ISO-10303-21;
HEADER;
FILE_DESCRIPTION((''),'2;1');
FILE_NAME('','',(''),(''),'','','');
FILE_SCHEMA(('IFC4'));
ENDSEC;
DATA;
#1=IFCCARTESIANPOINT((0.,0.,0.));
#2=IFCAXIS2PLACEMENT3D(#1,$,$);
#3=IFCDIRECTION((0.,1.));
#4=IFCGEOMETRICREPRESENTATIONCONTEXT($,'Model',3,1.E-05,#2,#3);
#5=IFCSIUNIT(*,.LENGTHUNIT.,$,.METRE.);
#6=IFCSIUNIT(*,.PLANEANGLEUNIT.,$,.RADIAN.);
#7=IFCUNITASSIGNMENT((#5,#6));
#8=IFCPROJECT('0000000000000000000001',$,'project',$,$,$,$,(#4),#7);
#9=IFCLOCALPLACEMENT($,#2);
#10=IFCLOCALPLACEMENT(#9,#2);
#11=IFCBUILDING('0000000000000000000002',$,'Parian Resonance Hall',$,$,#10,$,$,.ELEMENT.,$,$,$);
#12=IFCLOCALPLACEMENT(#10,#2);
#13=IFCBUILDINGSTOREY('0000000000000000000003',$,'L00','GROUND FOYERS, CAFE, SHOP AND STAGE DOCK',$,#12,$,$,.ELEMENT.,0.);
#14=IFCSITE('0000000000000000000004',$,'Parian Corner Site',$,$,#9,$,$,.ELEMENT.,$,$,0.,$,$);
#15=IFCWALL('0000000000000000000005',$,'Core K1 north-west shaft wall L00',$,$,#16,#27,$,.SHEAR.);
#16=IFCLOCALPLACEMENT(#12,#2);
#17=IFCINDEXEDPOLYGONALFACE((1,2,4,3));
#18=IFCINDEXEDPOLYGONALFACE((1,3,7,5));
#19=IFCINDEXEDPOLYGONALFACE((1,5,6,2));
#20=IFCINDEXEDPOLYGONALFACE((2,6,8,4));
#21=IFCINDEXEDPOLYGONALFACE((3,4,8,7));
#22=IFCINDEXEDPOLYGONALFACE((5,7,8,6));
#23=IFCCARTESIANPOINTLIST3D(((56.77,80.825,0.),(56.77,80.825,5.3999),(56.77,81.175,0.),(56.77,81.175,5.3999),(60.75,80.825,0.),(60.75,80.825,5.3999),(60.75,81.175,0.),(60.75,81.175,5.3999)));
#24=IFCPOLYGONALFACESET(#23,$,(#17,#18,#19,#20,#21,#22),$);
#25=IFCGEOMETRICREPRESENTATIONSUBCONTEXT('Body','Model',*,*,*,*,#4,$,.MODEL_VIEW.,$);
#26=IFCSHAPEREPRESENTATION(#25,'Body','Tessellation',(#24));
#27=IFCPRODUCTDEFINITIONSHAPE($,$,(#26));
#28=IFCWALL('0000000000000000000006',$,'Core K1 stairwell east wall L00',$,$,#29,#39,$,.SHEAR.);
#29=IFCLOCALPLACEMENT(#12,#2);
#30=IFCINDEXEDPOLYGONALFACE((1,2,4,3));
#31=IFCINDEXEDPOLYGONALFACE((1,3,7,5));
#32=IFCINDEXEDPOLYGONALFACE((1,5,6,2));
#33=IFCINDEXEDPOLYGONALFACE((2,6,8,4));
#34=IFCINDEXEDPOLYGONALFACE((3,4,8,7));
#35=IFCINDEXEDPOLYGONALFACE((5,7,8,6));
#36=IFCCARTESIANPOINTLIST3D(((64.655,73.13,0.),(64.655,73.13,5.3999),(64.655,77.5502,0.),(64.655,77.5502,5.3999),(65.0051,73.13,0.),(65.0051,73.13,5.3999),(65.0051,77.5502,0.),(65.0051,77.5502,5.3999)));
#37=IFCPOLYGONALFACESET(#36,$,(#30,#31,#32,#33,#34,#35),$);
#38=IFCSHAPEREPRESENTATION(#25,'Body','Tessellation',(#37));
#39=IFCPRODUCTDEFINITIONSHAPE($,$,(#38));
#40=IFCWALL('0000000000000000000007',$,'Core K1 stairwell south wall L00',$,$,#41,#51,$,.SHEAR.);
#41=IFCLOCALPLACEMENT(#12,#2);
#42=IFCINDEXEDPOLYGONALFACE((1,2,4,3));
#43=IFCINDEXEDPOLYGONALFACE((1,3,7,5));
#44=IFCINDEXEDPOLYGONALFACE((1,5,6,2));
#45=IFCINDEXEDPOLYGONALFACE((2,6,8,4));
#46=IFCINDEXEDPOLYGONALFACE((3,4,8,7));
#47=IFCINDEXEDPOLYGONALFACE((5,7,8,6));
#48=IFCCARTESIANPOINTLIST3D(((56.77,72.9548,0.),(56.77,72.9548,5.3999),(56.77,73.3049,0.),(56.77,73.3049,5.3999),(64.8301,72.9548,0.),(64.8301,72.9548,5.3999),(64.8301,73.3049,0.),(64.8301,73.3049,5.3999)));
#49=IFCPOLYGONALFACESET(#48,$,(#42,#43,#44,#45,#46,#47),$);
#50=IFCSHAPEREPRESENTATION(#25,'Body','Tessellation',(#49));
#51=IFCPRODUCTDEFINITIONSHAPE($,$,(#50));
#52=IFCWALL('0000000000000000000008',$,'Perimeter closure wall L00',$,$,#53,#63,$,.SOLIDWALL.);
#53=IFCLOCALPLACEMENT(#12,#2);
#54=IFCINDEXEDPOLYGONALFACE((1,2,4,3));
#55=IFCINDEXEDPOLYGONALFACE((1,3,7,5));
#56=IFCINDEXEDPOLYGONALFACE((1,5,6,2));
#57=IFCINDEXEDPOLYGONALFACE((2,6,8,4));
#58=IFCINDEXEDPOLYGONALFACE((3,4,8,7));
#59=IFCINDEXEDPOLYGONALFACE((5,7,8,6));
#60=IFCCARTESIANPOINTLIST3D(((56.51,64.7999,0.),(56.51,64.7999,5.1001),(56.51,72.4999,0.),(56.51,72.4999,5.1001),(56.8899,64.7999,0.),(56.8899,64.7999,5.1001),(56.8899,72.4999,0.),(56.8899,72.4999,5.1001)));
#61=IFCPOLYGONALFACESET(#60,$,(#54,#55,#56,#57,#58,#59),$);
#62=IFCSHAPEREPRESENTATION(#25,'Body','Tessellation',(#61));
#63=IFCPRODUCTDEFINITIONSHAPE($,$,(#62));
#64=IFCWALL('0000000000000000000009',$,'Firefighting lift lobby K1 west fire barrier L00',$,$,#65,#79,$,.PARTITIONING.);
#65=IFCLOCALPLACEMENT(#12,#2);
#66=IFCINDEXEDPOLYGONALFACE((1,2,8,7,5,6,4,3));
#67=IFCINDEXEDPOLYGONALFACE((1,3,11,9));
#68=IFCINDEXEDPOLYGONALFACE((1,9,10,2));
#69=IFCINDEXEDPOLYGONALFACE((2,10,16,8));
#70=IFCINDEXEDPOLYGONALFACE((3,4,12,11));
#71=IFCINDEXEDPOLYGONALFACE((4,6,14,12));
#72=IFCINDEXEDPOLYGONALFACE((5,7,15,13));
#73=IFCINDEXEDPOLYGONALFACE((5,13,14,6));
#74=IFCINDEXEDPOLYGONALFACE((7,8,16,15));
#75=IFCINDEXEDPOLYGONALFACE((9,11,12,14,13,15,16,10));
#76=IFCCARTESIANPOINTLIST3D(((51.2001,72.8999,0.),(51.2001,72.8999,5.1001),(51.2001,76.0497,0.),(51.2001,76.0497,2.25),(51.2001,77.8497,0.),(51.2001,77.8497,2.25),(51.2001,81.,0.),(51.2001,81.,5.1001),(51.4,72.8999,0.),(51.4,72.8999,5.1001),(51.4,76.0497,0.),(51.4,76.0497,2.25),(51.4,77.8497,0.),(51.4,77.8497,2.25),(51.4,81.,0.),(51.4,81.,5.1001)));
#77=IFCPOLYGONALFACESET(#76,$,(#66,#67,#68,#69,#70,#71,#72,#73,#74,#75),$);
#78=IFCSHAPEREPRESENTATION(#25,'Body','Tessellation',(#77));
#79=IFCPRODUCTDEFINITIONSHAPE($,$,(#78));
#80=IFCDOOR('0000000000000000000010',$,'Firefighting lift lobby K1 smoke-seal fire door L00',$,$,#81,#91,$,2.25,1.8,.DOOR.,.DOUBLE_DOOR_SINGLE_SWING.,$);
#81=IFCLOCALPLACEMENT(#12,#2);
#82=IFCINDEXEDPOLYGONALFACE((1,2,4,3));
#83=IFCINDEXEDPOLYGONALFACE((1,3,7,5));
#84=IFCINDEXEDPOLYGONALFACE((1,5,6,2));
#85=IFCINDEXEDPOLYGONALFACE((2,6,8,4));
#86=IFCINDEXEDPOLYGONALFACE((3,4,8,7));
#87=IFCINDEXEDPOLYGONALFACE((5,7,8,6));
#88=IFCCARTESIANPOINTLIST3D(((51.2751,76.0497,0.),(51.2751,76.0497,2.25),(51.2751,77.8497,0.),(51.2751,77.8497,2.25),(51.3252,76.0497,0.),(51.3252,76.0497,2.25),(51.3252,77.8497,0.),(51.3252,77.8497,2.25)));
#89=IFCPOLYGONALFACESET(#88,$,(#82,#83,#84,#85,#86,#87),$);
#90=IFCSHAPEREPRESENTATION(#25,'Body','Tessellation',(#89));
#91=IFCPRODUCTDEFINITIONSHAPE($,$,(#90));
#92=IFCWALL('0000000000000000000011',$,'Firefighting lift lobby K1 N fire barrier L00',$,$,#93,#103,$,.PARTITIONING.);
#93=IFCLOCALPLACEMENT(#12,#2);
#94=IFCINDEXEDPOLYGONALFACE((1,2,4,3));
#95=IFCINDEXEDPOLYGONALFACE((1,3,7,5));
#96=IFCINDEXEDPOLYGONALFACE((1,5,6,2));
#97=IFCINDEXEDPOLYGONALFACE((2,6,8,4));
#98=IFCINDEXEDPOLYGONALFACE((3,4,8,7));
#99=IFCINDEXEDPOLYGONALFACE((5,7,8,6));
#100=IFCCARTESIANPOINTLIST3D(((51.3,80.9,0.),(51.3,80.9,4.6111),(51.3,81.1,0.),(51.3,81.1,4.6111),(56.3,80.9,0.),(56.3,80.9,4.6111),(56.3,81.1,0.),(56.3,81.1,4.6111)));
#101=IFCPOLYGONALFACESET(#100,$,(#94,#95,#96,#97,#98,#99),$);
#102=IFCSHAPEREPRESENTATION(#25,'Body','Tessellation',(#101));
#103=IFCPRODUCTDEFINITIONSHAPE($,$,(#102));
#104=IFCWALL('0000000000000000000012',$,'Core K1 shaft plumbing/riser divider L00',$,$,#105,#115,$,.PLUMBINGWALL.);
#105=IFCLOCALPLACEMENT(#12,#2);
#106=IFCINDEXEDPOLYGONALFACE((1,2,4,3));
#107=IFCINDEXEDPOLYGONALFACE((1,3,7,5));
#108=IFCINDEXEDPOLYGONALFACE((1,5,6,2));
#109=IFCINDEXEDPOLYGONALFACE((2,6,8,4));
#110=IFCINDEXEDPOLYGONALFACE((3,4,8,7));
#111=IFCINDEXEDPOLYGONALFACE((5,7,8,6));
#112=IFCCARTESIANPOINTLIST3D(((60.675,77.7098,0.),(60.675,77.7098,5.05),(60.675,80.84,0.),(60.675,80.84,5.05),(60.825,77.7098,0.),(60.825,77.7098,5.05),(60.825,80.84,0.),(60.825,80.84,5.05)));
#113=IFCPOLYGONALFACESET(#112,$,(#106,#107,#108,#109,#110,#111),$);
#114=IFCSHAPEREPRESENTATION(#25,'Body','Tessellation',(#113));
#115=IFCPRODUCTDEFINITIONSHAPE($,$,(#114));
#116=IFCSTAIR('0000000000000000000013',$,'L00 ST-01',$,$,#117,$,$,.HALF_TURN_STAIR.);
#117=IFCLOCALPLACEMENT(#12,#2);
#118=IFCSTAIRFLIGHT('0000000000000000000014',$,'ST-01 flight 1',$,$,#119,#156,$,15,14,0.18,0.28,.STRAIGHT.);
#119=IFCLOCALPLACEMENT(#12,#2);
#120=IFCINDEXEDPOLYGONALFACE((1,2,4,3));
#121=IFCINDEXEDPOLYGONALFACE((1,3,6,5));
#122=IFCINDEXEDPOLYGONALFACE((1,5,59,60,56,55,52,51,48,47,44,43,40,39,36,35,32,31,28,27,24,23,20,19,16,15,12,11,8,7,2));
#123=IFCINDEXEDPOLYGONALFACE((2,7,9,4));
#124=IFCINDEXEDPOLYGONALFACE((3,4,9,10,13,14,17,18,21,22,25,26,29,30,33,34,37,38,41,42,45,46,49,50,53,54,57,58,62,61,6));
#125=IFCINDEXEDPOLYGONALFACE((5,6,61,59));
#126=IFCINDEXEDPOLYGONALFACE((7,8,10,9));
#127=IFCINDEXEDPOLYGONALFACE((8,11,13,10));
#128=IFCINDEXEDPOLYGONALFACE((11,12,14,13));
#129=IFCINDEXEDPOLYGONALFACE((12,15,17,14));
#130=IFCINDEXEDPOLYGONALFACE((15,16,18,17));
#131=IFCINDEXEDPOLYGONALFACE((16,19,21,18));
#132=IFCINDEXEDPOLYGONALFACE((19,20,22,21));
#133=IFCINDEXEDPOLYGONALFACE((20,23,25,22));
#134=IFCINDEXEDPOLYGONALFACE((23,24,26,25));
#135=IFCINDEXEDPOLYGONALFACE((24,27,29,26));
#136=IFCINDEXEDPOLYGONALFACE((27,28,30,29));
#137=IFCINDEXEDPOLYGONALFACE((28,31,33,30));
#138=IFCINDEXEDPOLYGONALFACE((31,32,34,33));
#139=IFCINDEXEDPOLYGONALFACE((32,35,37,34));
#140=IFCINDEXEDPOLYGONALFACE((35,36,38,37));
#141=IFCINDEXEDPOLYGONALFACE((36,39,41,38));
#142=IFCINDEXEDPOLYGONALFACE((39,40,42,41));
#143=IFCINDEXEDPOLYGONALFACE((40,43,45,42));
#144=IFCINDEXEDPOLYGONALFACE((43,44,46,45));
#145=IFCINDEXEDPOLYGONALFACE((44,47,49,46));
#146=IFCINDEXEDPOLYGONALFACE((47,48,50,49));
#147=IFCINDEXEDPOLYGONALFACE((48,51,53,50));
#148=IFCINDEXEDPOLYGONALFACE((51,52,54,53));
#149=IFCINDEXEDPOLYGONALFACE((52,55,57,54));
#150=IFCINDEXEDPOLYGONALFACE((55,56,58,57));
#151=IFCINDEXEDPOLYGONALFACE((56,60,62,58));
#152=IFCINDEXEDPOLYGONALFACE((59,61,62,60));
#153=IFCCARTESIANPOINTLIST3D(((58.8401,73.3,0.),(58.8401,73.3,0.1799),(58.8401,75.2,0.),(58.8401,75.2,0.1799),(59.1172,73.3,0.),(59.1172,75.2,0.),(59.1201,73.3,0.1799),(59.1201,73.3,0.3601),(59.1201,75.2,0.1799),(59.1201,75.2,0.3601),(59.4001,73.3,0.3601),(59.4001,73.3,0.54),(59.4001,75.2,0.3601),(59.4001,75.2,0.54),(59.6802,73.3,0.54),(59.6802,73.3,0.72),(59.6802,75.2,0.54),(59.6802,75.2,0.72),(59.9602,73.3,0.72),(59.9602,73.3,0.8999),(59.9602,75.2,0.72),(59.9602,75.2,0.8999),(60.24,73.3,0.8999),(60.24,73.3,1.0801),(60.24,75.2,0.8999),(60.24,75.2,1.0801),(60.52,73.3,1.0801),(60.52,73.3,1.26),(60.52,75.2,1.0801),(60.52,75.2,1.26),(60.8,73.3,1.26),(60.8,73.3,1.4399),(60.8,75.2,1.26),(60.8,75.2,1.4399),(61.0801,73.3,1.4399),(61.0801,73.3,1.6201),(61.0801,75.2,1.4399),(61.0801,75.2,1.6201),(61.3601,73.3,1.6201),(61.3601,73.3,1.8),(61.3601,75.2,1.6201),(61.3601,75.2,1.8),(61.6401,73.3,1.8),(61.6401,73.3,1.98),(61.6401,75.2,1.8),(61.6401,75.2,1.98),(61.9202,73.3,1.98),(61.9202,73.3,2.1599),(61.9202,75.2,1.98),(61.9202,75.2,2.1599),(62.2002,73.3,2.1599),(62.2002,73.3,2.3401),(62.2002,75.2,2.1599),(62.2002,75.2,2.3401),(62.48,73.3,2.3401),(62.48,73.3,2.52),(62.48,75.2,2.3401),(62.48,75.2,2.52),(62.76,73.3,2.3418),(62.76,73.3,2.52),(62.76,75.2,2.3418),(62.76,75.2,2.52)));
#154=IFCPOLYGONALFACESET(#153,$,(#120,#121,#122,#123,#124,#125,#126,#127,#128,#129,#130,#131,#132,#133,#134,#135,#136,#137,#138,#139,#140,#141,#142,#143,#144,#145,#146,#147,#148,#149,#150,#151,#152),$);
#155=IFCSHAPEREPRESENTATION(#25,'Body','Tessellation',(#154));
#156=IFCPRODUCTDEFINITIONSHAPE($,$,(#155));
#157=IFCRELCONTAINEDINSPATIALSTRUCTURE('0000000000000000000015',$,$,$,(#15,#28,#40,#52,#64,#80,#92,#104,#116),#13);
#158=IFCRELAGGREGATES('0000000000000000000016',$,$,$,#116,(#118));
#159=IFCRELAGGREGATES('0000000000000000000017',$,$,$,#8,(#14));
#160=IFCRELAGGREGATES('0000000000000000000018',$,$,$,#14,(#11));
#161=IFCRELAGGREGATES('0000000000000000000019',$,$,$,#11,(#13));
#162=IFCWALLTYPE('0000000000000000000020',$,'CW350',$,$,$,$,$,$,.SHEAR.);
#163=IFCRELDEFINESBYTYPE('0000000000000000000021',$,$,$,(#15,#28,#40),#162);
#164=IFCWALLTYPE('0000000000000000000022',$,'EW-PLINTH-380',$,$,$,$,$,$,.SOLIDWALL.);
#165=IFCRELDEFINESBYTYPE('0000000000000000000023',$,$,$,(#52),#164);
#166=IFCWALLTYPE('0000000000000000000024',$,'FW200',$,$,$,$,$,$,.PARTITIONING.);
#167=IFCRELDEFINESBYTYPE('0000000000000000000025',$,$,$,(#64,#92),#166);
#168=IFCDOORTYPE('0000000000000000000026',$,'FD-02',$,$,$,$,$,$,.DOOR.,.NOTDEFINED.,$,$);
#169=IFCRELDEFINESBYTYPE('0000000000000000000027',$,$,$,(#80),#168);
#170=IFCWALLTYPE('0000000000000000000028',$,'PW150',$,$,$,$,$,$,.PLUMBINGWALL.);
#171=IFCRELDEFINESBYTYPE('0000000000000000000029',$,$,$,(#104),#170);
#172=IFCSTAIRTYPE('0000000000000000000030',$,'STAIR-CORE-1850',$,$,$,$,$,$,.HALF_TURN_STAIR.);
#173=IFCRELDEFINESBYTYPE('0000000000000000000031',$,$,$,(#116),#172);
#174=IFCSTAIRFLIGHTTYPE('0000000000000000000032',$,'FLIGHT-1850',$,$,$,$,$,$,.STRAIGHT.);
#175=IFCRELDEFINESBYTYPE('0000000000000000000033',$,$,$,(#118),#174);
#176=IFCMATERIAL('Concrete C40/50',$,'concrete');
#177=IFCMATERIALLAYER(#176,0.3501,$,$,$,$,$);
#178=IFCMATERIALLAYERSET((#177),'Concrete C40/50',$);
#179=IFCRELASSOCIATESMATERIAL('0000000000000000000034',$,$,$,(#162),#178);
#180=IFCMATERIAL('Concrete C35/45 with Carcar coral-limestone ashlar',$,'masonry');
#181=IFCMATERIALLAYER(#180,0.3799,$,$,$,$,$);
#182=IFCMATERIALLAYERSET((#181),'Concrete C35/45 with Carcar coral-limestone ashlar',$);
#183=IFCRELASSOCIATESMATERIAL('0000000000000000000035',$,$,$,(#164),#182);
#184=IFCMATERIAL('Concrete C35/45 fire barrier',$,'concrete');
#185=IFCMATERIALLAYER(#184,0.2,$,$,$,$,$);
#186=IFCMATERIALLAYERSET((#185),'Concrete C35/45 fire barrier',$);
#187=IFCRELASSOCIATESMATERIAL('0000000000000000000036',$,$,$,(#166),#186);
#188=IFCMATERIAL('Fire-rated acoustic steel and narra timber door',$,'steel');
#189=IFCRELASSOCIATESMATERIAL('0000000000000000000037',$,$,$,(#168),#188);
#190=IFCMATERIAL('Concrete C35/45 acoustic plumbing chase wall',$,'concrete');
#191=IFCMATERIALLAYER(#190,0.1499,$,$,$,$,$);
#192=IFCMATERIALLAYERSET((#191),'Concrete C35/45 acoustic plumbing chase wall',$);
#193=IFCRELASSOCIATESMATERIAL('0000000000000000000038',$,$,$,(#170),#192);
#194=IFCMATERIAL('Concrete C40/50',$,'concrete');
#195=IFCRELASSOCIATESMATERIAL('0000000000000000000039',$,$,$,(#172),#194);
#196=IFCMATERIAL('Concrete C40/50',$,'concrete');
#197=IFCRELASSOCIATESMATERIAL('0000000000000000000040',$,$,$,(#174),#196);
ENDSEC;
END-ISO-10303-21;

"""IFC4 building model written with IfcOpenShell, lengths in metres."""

from ifc_helpers import new_model, si_unit, direction, frame, frame_2d, origin, place, context, subcontext, project, spatial, polyline, rectangle, outline, extrude, material, layer, layer_set, type_object, element, fill, aggregate, save


model = new_model("IFC4")

# Units and contexts
model_context = context("Model", 3, precision=1e-05, world=origin(), true_north=direction((0.0, 1.0)))
body_context = subcontext(model_context, "Body", "Model", "MODEL_VIEW")
ifc_project = project(units=[si_unit("LENGTHUNIT", "METRE"), si_unit("PLANEANGLEUNIT", "RADIAN")], contexts=[model_context])

# Site, building, storey
site_placement = place(None, origin())
site = spatial("IfcSite", under=ifc_project, at=site_placement, Name="Parian Corner Site", CompositionType="ELEMENT", RefElevation=0.0)
building_placement = place(site_placement, origin())
building = spatial("IfcBuilding", under=site, at=building_placement, Name="Parian Resonance Hall", CompositionType="ELEMENT")
storey_placement = place(building_placement, origin())
storey = spatial("IfcBuildingStorey", under=building, at=storey_placement, Name="L00", Description="GROUND FOYERS, CAFE, SHOP AND STAGE DOCK", CompositionType="ELEMENT", Elevation=0.0)

# Shared definitions
ifc_material_1 = material(Name="Concrete C40/50", Category="concrete")
ifc_layer_1 = layer(ifc_material_1, 0.3501)
ifc_layer_set_1 = layer_set([ifc_layer_1], Name="Concrete C40/50")
wall_type_1 = type_object("IfcWallType", Name="CW350", PredefinedType="SHEAR", material=ifc_layer_set_1)

# Walls
wall_1_placement = place(storey_placement, frame((56.77, 81.0, 0.0), z_axis=(0.0, 0.0, 1.0), x_axis=(1.0, 0.0, 0.0)))
element("IfcWall", 1, at=wall_1_placement, inside=storey, type_object=wall_type_1, Name="Core K1 north-west shaft wall L00", PredefinedType="SHEAR", context=body_context, shape_type="SweptSolid", body=[
    extrude(rectangle(XDim=3.98, YDim=0.3501, at=frame_2d((1.99, 0.0))), origin(), (0.0, 0.0, 1.0), 5.3999),
])
wall_2_placement = place(storey_placement, frame((64.8301, 77.55, 0.0), z_axis=(0.0, 0.0, 1.0), x_axis=(0.0, -1.0, 0.0)))
element("IfcWall", 2, at=wall_2_placement, inside=storey, type_object=wall_type_1, Name="Core K1 stairwell east wall L00", PredefinedType="SHEAR", context=body_context, shape_type="SweptSolid", body=[
    extrude(rectangle(XDim=4.4202, YDim=0.3501, at=frame_2d((2.21, 0.0))), origin(), (0.0, 0.0, 1.0), 5.3999),
])
wall_3_placement = place(storey_placement, frame((64.8301, 73.1299, 0.0), z_axis=(0.0, 0.0, 1.0), x_axis=(-1.0, 0.0, 0.0)))
element("IfcWall", 3, at=wall_3_placement, inside=storey, type_object=wall_type_1, Name="Core K1 stairwell south wall L00", PredefinedType="SHEAR", context=body_context, shape_type="SweptSolid", body=[
    extrude(rectangle(XDim=8.0601, YDim=0.3501, at=frame_2d((4.03, 0.0))), origin(), (0.0, 0.0, 1.0), 5.3999),
])
ifc_material_2 = material(Name="Concrete C35/45 with Carcar coral-limestone ashlar", Category="masonry")
ifc_layer_2 = layer(ifc_material_2, 0.3799)
ifc_layer_set_2 = layer_set([ifc_layer_2], Name="Concrete C35/45 with Carcar coral-limestone ashlar")
wall_type_2 = type_object("IfcWallType", Name="EW-PLINTH-380", PredefinedType="SOLIDWALL", material=ifc_layer_set_2)
wall_4_placement = place(storey_placement, frame((56.7, 72.5, 0.0), z_axis=(0.0, 0.0, 1.0), x_axis=(0.0, -1.0, 0.0)))
element("IfcWall", 4, at=wall_4_placement, inside=storey, type_object=wall_type_2, Name="Perimeter closure wall L00", PredefinedType="SOLIDWALL", context=body_context, shape_type="SweptSolid", body=[
    extrude(rectangle(XDim=7.7, YDim=0.3799, at=frame_2d((3.8501, 0.0))), origin(), (0.0, 0.0, 1.0), 5.1001),
])

# Wall, opening, door
ifc_material_3 = material(Name="Concrete C35/45 fire barrier", Category="concrete")
ifc_layer_3 = layer(ifc_material_3, 0.2)
ifc_layer_set_3 = layer_set([ifc_layer_3], Name="Concrete C35/45 fire barrier")
wall_type_3 = type_object("IfcWallType", Name="FW200", PredefinedType="PARTITIONING", material=ifc_layer_set_3)
wall_5_placement = place(storey_placement, frame((51.3, 72.8999, 0.0), z_axis=(0.0, 0.0, 1.0), x_axis=(0.0, 1.0, 0.0)))
wall_5 = element("IfcWall", 5, at=wall_5_placement, inside=storey, type_object=wall_type_3, Name="Firefighting lift lobby K1 west fire barrier L00", PredefinedType="PARTITIONING", context=body_context, shape_type="SweptSolid", body=[
    extrude(rectangle(XDim=8.1001, YDim=0.2, at=frame_2d((4.05, 0.0))), origin(), (0.0, 0.0, 1.0), 5.1001),
])
opening_1_placement = place(wall_5_placement, frame((3.1499, 0.0, 0.0)))
opening_1 = element("IfcOpeningElement", 6, at=opening_1_placement, cuts=wall_5, PredefinedType="OPENING", context=body_context, shape_type="SweptSolid", body=[
    extrude(rectangle(XDim=1.8, YDim=2.25, at=frame_2d((0.8999, 1.125))), frame((0.0, 0.1099, 0.0), z_axis=(0.0, -1.0, 0.0), x_axis=(1.0, 0.0, 0.0)), (0.0, 0.0, 1.0), 0.22),
])
ifc_material_4 = material(Name="Fire-rated acoustic steel and narra timber door", Category="steel")
door_type_1 = type_object("IfcDoorType", Name="FD-02", OperationType="NOTDEFINED", PredefinedType="DOOR", material=ifc_material_4)
door_1_placement = place(opening_1_placement, origin())
door_1 = element("IfcDoor", 7, at=door_1_placement, inside=storey, type_object=door_type_1, Name="Firefighting lift lobby K1 smoke-seal fire door L00", OperationType="DOUBLE_DOOR_SINGLE_SWING", OverallHeight=2.25, OverallWidth=1.8, PredefinedType="DOOR", context=body_context, shape_type="SweptSolid", body=[
    extrude(rectangle(XDim=1.8, YDim=2.25, at=frame_2d((0.8999, 1.125))), frame((0.0, 0.0249, 0.0), z_axis=(0.0, -1.0, 0.0), x_axis=(1.0, 0.0, 0.0)), (0.0, 0.0, 1.0), 0.05),
])
fill(opening_1, door_1)

# Walls
wall_6_placement = place(storey_placement, frame((51.3, 81.0, 0.0), z_axis=(0.0, 0.0, 1.0), x_axis=(1.0, 0.0, 0.0)))
element("IfcWall", 8, at=wall_6_placement, inside=storey, type_object=wall_type_3, Name="Firefighting lift lobby K1 N fire barrier L00", PredefinedType="PARTITIONING", context=body_context, shape_type="SweptSolid", body=[
    extrude(rectangle(XDim=5.0, YDim=0.2, at=frame_2d((2.5, 0.0))), origin(), (0.0, 0.0, 1.0), 4.6111),
])
ifc_material_5 = material(Name="Concrete C35/45 acoustic plumbing chase wall", Category="concrete")
ifc_layer_4 = layer(ifc_material_5, 0.1499)
ifc_layer_set_4 = layer_set([ifc_layer_4], Name="Concrete C35/45 acoustic plumbing chase wall")
wall_type_4 = type_object("IfcWallType", Name="PW150", PredefinedType="PLUMBINGWALL", material=ifc_layer_set_4)
wall_7_placement = place(storey_placement, frame((60.75, 77.71, 0.0), z_axis=(0.0, 0.0, 1.0), x_axis=(0.0, 1.0, 0.0)))
element("IfcWall", 9, at=wall_7_placement, inside=storey, type_object=wall_type_4, Name="Core K1 shaft plumbing/riser divider L00", PredefinedType="PLUMBINGWALL", context=body_context, shape_type="SweptSolid", body=[
    extrude(rectangle(XDim=3.1301, YDim=0.1499, at=frame_2d((1.5649, 0.0))), origin(), (0.0, 0.0, 1.0), 5.05),
])

# Stair, stair flight
ifc_material_6 = material(Name="Concrete C40/50", Category="concrete")
stair_type = type_object("IfcStairType", Name="STAIR-CORE-1850", PredefinedType="HALF_TURN_STAIR", material=ifc_material_6)
stair_placement = place(storey_placement, origin())
stair = element("IfcStair", 10, at=stair_placement, inside=storey, type_object=stair_type, Name="L00 ST-01", PredefinedType="HALF_TURN_STAIR")
ifc_material_7 = material(Name="Concrete C40/50", Category="concrete")
stair_flight_type = type_object("IfcStairFlightType", Name="FLIGHT-1850", PredefinedType="STRAIGHT", material=ifc_material_7)
stair_flight_1_placement = place(storey_placement, frame((58.8401, 74.25, 0.0), z_axis=(0.0, 0.0, 1.0), x_axis=(1.0, 0.0, 0.0)))
stair_flight_1 = element("IfcStairFlight", 11, at=stair_flight_1_placement, type_object=stair_flight_type, Name="ST-01 flight 1", NumberOfRisers=15, NumberOfTreads=14, PredefinedType="STRAIGHT", RiserHeight=0.18, TreadLength=0.28, context=body_context, shape_type="SweptSolid", body=[
    extrude(outline(polyline([(0.0, 0.0), (0.0, 0.1799), (0.28, 0.1799), (0.28, 0.3601), (0.5601, 0.3601), (0.5601, 0.54), (0.8401, 0.54), (0.8401, 0.72), (1.1201, 0.72), (1.1201, 0.8999), (1.3999, 0.8999), (1.3999, 1.0801), (1.6799, 1.0801), (1.6799, 1.26), (1.96, 1.26), (1.96, 1.4399), (2.24, 1.4399), (2.24, 1.6201), (2.52, 1.6201), (2.52, 1.8), (2.8, 1.8), (2.8, 1.98), (3.0801, 1.98), (3.0801, 2.1599), (3.3601, 2.1599), (3.3601, 2.3401), (3.6399, 2.3401), (3.6399, 2.52), (3.9199, 2.52), (3.9199, 2.7), (3.9199, 2.3418), (0.2771, 0.0), (0.0, 0.0)])), frame((0.0, 0.95, 0.0), z_axis=(0.0, -1.0, 0.0), x_axis=(1.0, 0.0, 0.0)), (0.0, 0.0, 1.0), 1.8999),
])
aggregate(stair, [stair_flight_1])

save(model, "model.ifc")
